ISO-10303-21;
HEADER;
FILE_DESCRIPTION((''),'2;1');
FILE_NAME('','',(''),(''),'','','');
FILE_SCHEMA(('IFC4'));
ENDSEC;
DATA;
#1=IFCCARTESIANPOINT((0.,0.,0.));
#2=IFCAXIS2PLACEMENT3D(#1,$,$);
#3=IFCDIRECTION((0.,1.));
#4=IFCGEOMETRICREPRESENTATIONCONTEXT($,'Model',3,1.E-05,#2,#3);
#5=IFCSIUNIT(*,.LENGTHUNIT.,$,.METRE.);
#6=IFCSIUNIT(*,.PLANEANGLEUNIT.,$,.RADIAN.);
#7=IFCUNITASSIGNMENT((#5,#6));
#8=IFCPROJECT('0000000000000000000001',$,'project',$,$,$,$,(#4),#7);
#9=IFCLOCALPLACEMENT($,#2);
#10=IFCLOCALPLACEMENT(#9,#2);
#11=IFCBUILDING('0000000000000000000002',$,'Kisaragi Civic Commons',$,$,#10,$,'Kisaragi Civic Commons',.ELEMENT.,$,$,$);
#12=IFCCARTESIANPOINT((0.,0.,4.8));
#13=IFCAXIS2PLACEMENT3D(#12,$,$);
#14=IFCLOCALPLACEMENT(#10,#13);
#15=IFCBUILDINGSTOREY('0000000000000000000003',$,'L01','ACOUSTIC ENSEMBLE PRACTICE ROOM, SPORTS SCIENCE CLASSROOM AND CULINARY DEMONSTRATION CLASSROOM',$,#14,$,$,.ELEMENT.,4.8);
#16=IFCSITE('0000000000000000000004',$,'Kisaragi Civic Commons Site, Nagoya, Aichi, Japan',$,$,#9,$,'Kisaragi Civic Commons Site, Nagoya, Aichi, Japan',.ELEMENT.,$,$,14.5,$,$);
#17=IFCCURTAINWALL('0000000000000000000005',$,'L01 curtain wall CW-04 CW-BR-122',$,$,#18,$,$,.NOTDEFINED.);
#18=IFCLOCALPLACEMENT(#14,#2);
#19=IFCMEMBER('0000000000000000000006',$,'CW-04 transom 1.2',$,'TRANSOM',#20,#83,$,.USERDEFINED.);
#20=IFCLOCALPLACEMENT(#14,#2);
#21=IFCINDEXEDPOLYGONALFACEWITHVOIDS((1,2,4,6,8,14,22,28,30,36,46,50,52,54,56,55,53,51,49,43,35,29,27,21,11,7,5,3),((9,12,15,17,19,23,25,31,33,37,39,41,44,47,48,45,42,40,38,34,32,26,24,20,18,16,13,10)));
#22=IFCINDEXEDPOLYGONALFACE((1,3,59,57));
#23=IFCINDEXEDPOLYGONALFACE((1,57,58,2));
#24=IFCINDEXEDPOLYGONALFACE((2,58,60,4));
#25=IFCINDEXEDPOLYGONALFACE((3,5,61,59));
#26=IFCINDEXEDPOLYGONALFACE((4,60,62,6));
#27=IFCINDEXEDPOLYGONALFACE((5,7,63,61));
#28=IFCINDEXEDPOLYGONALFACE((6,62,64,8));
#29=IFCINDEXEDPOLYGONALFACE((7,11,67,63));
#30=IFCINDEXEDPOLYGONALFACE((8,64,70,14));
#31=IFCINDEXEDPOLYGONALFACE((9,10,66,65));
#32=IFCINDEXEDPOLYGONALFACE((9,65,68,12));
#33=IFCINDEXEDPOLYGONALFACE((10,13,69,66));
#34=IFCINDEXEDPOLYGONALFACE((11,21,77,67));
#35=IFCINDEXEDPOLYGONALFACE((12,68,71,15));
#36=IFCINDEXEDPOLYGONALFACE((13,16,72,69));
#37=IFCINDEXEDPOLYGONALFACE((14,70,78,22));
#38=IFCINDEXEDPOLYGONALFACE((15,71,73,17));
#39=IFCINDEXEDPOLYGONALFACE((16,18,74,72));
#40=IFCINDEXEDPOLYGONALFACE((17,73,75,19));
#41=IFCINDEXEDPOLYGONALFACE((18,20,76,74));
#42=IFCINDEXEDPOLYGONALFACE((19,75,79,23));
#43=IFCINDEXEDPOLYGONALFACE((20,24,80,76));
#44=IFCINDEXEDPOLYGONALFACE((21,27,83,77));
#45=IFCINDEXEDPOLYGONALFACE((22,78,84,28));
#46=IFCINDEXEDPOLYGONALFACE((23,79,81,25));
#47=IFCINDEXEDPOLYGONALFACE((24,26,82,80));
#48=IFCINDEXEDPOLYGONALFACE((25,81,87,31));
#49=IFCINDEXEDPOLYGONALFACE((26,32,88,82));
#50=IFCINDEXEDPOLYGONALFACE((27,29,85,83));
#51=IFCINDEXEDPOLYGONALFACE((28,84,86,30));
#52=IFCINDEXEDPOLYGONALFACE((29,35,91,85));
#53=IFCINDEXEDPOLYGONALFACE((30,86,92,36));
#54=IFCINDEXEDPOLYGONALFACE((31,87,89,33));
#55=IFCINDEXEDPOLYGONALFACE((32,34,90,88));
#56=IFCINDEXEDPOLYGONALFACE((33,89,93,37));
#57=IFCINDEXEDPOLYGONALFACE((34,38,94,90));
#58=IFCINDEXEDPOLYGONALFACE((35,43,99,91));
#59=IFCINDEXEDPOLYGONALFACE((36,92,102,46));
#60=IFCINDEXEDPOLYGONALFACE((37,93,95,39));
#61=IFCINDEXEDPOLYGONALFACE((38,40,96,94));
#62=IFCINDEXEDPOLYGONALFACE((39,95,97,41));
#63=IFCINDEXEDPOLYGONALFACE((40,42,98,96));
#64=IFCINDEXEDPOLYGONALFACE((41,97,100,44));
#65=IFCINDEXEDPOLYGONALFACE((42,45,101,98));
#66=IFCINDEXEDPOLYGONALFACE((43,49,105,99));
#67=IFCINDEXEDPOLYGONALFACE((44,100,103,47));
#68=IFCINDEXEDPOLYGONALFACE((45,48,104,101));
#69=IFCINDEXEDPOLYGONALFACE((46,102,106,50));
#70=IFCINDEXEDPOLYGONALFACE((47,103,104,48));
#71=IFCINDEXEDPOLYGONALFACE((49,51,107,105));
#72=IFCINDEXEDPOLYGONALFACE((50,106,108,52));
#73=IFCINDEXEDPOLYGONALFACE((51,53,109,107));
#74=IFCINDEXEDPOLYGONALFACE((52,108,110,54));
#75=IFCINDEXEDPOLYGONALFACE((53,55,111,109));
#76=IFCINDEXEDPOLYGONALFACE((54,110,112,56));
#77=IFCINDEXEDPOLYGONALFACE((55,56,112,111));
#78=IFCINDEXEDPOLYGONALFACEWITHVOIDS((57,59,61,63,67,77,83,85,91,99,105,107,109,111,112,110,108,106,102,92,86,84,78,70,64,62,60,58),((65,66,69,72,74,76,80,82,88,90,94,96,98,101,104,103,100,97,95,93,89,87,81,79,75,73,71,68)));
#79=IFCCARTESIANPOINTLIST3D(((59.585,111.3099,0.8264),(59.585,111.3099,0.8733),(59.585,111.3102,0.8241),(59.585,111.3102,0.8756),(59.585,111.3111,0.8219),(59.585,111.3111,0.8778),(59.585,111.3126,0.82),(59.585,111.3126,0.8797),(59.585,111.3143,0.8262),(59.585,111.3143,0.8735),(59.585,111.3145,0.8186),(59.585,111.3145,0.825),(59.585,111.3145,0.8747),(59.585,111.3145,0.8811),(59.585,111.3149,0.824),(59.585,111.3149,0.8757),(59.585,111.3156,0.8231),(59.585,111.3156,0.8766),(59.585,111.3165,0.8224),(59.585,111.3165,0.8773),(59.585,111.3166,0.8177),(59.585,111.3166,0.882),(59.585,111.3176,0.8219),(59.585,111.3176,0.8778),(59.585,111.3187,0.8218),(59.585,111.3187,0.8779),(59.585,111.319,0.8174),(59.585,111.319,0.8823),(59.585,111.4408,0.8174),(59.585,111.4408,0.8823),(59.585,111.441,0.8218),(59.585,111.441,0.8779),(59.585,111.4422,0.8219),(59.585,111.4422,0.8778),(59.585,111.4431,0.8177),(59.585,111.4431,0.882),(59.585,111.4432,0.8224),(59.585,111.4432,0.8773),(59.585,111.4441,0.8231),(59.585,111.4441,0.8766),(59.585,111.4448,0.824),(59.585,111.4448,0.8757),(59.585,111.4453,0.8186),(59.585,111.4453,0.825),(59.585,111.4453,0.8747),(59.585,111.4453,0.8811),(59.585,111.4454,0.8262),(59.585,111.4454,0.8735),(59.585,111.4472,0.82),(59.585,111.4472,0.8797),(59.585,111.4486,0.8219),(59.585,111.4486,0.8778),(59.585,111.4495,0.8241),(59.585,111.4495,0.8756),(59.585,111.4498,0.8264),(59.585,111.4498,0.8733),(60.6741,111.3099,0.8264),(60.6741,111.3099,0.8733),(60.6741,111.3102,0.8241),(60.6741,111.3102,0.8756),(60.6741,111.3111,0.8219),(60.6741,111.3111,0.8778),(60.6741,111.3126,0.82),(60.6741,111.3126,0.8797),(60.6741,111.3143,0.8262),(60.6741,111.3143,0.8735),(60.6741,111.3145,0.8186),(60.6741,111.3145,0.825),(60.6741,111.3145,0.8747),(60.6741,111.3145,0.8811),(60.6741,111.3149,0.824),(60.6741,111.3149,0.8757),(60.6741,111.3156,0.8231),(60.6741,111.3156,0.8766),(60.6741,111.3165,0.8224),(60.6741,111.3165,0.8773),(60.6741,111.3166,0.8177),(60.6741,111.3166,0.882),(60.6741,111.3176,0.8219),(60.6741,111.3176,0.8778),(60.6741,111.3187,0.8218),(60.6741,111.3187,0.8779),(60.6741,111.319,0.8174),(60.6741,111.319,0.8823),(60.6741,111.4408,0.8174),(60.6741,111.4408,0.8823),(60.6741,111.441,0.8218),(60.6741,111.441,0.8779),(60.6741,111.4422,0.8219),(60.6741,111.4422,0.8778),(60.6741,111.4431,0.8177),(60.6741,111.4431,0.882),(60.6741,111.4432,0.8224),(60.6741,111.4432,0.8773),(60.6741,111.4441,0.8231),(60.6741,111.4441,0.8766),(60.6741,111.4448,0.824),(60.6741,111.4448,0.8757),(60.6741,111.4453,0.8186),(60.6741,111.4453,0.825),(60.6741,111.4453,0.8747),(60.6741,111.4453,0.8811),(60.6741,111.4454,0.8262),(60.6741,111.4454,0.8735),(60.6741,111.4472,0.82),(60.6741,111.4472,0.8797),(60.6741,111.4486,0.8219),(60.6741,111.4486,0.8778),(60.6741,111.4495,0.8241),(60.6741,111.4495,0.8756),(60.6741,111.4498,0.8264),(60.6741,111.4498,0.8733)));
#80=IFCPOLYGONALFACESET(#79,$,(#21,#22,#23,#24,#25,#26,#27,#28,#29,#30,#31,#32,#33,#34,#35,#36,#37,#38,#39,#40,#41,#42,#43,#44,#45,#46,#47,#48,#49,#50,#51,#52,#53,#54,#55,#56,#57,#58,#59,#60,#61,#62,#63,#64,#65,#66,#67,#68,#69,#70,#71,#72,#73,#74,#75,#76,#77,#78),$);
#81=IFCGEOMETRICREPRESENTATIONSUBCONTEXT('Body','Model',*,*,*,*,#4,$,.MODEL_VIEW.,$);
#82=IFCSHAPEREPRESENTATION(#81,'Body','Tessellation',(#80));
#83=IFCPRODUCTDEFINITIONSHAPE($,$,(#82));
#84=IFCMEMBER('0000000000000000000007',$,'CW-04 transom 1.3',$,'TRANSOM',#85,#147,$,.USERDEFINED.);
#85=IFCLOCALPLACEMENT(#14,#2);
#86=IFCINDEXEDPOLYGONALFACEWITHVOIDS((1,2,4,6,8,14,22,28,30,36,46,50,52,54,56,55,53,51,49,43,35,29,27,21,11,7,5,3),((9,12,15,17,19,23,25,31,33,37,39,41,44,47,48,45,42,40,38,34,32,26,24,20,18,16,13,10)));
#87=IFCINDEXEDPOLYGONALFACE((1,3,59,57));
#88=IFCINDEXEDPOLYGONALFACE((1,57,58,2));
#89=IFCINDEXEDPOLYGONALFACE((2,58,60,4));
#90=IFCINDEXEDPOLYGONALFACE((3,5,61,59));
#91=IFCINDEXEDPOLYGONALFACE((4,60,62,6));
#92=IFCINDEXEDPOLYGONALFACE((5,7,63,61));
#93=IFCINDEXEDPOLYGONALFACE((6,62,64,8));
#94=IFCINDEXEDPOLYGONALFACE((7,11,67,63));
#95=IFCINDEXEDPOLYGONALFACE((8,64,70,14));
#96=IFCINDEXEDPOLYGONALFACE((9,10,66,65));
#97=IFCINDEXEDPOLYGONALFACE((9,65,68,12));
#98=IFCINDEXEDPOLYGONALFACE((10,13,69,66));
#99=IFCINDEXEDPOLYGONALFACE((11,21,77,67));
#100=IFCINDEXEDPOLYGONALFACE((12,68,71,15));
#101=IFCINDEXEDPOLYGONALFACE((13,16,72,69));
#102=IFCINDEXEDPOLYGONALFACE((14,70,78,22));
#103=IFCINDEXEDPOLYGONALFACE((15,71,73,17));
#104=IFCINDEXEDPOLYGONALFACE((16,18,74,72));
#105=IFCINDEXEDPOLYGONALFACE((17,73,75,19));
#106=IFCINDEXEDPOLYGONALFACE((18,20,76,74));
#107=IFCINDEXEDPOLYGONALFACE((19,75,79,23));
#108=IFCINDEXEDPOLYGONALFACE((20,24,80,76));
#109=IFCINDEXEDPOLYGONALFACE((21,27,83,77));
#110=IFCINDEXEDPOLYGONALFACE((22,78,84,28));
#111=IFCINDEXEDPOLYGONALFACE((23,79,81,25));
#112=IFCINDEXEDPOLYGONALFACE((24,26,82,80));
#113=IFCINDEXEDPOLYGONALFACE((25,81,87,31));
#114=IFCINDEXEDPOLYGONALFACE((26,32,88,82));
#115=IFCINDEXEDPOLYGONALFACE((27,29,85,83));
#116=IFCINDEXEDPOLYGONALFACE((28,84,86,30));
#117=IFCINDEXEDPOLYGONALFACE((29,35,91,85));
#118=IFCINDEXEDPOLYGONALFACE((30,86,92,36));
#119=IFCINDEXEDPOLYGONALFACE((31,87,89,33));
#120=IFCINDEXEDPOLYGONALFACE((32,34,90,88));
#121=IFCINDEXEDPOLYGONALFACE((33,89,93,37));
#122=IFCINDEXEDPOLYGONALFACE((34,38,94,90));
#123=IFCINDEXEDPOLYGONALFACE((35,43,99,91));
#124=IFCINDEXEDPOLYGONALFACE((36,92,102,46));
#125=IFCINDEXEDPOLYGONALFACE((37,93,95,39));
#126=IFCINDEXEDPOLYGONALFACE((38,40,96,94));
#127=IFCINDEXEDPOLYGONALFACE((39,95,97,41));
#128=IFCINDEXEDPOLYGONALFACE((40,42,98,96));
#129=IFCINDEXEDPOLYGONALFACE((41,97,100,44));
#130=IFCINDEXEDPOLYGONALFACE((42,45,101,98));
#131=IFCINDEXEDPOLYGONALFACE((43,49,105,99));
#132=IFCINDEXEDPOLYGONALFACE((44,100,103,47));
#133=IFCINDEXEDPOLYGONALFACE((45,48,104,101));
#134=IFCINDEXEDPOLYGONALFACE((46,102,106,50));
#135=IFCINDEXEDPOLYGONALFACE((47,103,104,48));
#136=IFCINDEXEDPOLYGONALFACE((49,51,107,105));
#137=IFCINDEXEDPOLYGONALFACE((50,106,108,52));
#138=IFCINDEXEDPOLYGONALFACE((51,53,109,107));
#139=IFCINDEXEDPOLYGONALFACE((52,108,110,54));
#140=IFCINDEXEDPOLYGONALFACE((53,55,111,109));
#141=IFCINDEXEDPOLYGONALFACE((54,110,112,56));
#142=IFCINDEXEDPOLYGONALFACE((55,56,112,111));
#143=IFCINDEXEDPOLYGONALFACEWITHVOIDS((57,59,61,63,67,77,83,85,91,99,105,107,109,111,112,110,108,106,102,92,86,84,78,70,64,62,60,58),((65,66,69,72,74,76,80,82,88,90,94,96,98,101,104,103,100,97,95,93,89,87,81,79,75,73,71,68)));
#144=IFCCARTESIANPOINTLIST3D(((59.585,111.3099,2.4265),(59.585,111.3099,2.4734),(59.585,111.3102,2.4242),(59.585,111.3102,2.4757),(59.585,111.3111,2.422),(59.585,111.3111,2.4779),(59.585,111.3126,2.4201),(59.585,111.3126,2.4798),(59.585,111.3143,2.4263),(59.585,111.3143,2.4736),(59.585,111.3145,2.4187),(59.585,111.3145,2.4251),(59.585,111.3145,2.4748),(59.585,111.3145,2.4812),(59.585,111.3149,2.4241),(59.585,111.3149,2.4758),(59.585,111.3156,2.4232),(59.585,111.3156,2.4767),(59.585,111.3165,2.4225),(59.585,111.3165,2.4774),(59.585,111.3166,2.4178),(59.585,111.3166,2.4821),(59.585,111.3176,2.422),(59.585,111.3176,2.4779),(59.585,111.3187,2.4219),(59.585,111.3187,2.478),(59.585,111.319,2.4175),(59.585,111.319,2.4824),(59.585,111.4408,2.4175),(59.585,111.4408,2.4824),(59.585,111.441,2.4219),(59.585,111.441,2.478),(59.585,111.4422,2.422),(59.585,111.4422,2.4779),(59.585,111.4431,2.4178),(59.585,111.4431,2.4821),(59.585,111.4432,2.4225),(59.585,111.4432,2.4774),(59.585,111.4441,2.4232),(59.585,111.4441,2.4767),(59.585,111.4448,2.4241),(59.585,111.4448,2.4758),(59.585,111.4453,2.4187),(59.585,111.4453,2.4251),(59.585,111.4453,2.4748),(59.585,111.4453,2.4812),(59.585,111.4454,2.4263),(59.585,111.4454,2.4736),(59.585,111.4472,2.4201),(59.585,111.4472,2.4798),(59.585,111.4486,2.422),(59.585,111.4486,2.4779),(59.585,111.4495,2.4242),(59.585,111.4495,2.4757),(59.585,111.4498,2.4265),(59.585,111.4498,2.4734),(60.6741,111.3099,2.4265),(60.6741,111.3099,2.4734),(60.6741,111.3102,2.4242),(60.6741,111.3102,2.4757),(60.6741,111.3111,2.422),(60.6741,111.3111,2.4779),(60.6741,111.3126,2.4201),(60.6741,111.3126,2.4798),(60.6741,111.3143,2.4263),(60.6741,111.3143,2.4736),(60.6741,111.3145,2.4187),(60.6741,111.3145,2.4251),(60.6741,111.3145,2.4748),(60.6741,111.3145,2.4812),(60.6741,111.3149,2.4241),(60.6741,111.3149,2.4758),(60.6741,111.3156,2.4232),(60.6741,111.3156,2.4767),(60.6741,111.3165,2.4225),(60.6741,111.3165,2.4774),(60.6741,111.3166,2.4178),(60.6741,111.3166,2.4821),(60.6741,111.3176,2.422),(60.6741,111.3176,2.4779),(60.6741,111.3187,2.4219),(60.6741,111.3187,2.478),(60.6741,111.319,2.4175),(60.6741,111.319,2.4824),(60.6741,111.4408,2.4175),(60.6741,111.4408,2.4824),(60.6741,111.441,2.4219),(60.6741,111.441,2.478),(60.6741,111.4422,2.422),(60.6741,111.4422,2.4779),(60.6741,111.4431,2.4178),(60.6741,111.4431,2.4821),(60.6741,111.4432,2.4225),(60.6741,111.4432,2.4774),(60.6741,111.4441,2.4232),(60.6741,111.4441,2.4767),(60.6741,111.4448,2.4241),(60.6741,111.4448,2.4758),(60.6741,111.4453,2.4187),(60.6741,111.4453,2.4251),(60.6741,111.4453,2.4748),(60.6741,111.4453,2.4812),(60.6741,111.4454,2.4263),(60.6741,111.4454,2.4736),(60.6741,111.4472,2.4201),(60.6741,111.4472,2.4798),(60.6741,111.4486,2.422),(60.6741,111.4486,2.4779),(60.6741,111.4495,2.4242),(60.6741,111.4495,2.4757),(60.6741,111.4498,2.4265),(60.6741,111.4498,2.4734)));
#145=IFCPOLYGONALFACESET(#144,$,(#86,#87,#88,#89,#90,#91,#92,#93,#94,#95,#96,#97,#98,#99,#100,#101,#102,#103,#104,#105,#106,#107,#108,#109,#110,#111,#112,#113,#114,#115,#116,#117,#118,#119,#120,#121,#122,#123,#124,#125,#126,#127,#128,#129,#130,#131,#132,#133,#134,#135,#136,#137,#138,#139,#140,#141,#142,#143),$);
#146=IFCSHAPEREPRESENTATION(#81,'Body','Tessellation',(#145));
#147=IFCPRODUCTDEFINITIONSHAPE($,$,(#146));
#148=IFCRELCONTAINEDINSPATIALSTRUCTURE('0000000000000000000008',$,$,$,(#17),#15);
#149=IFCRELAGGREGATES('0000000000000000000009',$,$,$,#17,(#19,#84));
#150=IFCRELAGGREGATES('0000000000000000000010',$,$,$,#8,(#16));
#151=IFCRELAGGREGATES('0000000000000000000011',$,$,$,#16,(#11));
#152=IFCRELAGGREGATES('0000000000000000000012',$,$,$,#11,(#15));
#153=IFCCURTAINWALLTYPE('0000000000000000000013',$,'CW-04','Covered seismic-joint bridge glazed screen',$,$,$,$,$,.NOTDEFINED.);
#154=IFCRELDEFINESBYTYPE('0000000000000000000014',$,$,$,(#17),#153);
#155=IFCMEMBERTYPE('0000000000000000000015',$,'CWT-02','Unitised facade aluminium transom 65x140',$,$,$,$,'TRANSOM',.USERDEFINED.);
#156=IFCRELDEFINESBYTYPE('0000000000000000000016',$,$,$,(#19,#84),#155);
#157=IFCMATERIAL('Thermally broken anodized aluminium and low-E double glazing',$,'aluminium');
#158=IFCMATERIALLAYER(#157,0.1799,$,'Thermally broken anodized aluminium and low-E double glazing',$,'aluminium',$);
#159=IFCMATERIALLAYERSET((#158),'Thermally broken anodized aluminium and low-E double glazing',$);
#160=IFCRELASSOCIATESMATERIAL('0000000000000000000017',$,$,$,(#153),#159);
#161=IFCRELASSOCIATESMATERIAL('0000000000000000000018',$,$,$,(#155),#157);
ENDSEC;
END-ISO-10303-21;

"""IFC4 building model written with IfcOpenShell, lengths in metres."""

from ifc_helpers import new_model, si_unit, direction, frame, origin, origin_2d, place, context, subcontext, project, spatial, hollow_rectangle, extrude, material, layer, layer_set, material_profile, profile_set, type_object, element, aggregate, save


model = new_model("IFC4")

# Units and contexts
model_context = context("Model", 3, precision=1e-05, world=origin(), true_north=direction((0.0, 1.0)))
body_context = subcontext(model_context, "Body", "Model", "MODEL_VIEW")
ifc_project = project(units=[si_unit("LENGTHUNIT", "METRE"), si_unit("PLANEANGLEUNIT", "RADIAN")], contexts=[model_context])

# Site, building, storey
site_placement = place(None, origin())
site = spatial("IfcSite", under=ifc_project, at=site_placement, Name="Kisaragi Civic Commons Site, Nagoya, Aichi, Japan", LongName="Kisaragi Civic Commons Site, Nagoya, Aichi, Japan", CompositionType="ELEMENT", RefElevation=14.5)
building_placement = place(site_placement, origin())
building = spatial("IfcBuilding", under=site, at=building_placement, Name="Kisaragi Civic Commons", LongName="Kisaragi Civic Commons", CompositionType="ELEMENT")
storey_placement = place(building_placement, frame((0.0, 0.0, 4.8)))
storey = spatial("IfcBuildingStorey", under=building, at=storey_placement, Name="L01", Description="ACOUSTIC ENSEMBLE PRACTICE ROOM, SPORTS SCIENCE CLASSROOM AND CULINARY DEMONSTRATION CLASSROOM", CompositionType="ELEMENT", Elevation=4.8)

# Shared definitions
ifc_material_1 = material(Name="Thermally broken anodized aluminium and low-E double glazing", Category="aluminium")
ifc_layer_1 = layer(ifc_material_1, 0.1799, Name="Thermally broken anodized aluminium and low-E double glazing", Category="aluminium")
ifc_layer_set_1 = layer_set([ifc_layer_1], Name="Thermally broken anodized aluminium and low-E double glazing")
curtain_wall_type = type_object("IfcCurtainWallType", Name="CW-04", Description="Covered seismic-joint bridge glazed screen", PredefinedType="NOTDEFINED", material=ifc_layer_set_1)

# Curtain wall
curtain_wall_1_placement = place(storey_placement, origin())
curtain_wall_1 = element("IfcCurtainWall", 1, at=curtain_wall_1_placement, inside=storey, type_object=curtain_wall_type, Name="L01 curtain wall CW-04 CW-BR-122", PredefinedType="NOTDEFINED")

# Members
ifc_material_profile_1 = material_profile(ifc_material_1, hollow_rectangle(XDim=0.1399, YDim=0.0649, WallThickness=0.0044, InnerFilletRadius=0.0044, OuterFilletRadius=0.009, at=origin_2d()), Name="CWT-65x140x4.5", Category="aluminium")
ifc_profile_set_1 = profile_set([ifc_material_profile_1], Name="Thermally broken anodized aluminium and low-E double glazing")
member_type_1 = type_object("IfcMemberType", Name="CWT-02", Description="Unitised facade aluminium transom 65x140", ElementType="TRANSOM", PredefinedType="USERDEFINED", material=ifc_profile_set_1)
member_1_placement = place(storey_placement, frame((59.585, 111.3799, 0.8499), z_axis=(1.0, 0.0, 0.0), x_axis=(0.0, 1.0, 0.0)))
member_1 = element("IfcMember", 2, at=member_1_placement, type_object=member_type_1, Name="CW-04 transom 1.2", ObjectType="TRANSOM", PredefinedType="USERDEFINED", context=body_context, shape_type="SweptSolid", body=[
    extrude(hollow_rectangle(XDim=0.1399, YDim=0.0649, WallThickness=0.0044, InnerFilletRadius=0.0044, OuterFilletRadius=0.009, at=origin_2d()), origin(), (0.0, 0.0, 1.0), 1.0891),
])
member_2_placement = place(storey_placement, frame((59.585, 111.3799, 2.45), z_axis=(1.0, 0.0, 0.0), x_axis=(0.0, 1.0, 0.0)))
member_2 = element("IfcMember", 3, at=member_2_placement, type_object=member_type_1, Name="CW-04 transom 1.3", ObjectType="TRANSOM", PredefinedType="USERDEFINED", context=body_context, shape_type="SweptSolid", body=[
    extrude(hollow_rectangle(XDim=0.1399, YDim=0.0649, WallThickness=0.0044, InnerFilletRadius=0.0044, OuterFilletRadius=0.009, at=origin_2d()), origin(), (0.0, 0.0, 1.0), 1.0891),
])

aggregate(curtain_wall_1, [member_1, member_2])

save(model, "model.ifc")
